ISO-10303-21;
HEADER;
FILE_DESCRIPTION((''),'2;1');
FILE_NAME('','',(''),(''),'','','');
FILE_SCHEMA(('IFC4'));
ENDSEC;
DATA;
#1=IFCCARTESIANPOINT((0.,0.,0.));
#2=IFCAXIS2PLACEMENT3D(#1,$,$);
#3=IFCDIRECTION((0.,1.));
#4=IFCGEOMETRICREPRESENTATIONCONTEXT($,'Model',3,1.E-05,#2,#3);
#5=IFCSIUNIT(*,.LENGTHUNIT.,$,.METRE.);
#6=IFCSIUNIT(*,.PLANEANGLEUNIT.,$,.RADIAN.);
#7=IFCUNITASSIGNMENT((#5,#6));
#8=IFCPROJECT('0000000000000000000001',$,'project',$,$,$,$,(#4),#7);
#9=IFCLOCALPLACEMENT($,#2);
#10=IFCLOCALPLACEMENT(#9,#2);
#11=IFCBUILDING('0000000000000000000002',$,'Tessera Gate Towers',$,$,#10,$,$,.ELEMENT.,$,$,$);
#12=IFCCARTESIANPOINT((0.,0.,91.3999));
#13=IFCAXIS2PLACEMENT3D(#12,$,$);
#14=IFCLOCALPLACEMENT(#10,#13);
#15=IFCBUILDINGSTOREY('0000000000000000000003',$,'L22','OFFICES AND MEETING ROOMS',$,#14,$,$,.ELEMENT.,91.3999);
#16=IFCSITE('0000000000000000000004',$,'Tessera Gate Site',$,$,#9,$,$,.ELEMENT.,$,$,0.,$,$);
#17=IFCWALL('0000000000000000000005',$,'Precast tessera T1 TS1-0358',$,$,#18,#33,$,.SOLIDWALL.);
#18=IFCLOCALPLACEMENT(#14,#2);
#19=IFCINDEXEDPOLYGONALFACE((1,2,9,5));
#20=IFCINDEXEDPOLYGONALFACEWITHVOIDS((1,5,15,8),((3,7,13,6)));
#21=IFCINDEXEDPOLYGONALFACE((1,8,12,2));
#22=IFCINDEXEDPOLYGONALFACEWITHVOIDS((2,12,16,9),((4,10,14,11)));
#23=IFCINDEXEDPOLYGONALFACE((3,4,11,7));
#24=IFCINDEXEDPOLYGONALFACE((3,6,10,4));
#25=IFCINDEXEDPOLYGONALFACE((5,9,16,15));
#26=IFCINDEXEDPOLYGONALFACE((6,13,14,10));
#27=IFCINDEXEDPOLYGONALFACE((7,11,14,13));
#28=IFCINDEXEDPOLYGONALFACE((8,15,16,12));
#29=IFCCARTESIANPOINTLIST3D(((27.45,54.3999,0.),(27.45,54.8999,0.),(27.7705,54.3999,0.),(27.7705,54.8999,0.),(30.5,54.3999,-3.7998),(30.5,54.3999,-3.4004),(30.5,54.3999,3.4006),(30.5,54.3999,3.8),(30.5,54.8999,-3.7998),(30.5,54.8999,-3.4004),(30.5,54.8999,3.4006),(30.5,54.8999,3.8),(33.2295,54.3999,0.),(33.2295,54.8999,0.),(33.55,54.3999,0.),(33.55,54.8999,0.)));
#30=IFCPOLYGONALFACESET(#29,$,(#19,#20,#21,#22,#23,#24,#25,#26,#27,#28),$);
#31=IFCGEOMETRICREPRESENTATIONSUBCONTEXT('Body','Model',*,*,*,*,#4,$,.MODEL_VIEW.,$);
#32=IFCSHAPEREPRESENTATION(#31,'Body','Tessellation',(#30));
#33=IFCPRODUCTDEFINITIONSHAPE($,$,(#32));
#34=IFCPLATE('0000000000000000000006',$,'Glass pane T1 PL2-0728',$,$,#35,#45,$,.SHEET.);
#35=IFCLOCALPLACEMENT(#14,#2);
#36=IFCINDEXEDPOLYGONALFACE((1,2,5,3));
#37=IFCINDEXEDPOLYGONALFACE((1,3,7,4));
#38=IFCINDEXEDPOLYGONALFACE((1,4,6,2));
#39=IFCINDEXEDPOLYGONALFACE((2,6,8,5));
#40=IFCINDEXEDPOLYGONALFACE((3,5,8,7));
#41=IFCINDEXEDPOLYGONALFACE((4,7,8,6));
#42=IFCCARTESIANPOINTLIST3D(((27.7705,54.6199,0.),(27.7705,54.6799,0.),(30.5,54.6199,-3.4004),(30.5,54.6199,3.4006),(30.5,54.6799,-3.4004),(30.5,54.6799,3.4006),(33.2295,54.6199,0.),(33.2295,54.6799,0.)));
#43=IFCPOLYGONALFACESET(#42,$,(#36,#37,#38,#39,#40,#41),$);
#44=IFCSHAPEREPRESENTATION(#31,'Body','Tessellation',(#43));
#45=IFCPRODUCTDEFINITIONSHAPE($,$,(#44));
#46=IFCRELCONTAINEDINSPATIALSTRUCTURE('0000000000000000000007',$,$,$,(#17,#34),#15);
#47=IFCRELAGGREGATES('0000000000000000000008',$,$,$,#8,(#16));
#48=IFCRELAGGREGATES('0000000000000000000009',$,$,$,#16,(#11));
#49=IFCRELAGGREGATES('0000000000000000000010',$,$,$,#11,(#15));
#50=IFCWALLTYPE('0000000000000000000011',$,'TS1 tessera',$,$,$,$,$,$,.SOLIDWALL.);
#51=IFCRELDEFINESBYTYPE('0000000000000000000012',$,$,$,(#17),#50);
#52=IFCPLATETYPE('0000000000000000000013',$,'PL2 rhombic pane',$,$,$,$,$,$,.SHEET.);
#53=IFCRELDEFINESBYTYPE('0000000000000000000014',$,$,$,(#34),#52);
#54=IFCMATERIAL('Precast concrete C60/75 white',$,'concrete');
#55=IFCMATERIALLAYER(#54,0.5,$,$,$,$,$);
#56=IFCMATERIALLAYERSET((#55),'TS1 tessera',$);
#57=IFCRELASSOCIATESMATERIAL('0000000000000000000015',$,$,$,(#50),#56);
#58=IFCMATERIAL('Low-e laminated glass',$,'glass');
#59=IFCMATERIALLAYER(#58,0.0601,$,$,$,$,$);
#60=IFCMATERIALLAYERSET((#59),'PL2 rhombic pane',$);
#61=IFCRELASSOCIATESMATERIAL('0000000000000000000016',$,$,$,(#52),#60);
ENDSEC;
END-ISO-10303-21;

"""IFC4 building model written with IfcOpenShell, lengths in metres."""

from ifc_helpers import new_model, si_unit, direction, frame, origin, place, context, subcontext, project, spatial, polyline, outline, extrude, source, transform, mapped, material, layer, layer_set, type_object, element, fill, save


model = new_model("IFC4")

# Units and contexts
model_context = context("Model", 3, precision=1e-05, world=origin(), true_north=direction((0.0, 1.0)))
body_context = subcontext(model_context, "Body", "Model", "MODEL_VIEW")
ifc_project = project(units=[si_unit("LENGTHUNIT", "METRE"), si_unit("PLANEANGLEUNIT", "RADIAN")], contexts=[model_context])

# Site, building, storey
site_placement = place(None, origin())
site = spatial("IfcSite", under=ifc_project, at=site_placement, Name="Tessera Gate Site", CompositionType="ELEMENT", RefElevation=0.0)
building_placement = place(site_placement, origin())
building = spatial("IfcBuilding", under=site, at=building_placement, Name="Tessera Gate Towers", CompositionType="ELEMENT")
storey_placement = place(building_placement, frame((0.0, 0.0, 91.3999)))
storey = spatial("IfcBuildingStorey", under=building, at=storey_placement, Name="L22", Description="OFFICES AND MEETING ROOMS", CompositionType="ELEMENT", Elevation=91.3999)

# Wall, opening, plate
ifc_material_1 = material(Name="Precast concrete C60/75 white", Category="concrete")
ifc_layer_1 = layer(ifc_material_1, 0.5)
ifc_layer_set_1 = layer_set([ifc_layer_1], Name="TS1 tessera")
wall_type_1 = type_object("IfcWallType", Name="TS1 tessera", PredefinedType="SOLIDWALL", material=ifc_layer_set_1)
shared_shape_1 = source(origin(), body_context, "Body", "SweptSolid", [
    extrude(outline(polyline([(3.05, 0.0), (6.1001, 3.7998), (3.05, 7.5999), (0.0, 3.7998), (3.05, 0.0)])), frame((0.0, 0.25, 0.0), z_axis=(0.0, -1.0, 0.0), x_axis=(1.0, 0.0, 0.0)), (0.0, 0.0, 1.0), 0.5),
])
wall_1_placement = place(storey_placement, frame((33.55, 54.6499, -3.7998), z_axis=(0.0, 0.0, 1.0), x_axis=(-1.0, 0.0, 0.0)))
wall_1 = element("IfcWall", 1, at=wall_1_placement, inside=storey, type_object=wall_type_1, Name="Precast tessera T1 TS1-0358", PredefinedType="SOLIDWALL", context=body_context, shape_type="MappedRepresentation", body=[
    mapped(shared_shape_1, transform((0.0, 0.0, 0.0), scale=1.0)),
])
shared_shape_2 = source(origin(), body_context, "Body", "SweptSolid", [
    extrude(outline(polyline([(3.05, 0.3994), (5.7795, 3.7998), (3.05, 7.2004), (0.3206, 3.7998), (3.05, 0.3994)])), frame((0.0, 0.26, 0.0), z_axis=(0.0, -1.0, 0.0), x_axis=(1.0, 0.0, 0.0)), (0.0, 0.0, 1.0), 0.52),
])
opening_1_placement = place(wall_1_placement, origin())
opening_1 = element("IfcOpeningElement", 2, at=opening_1_placement, cuts=wall_1, PredefinedType="OPENING", context=body_context, shape_type="MappedRepresentation", body=[
    mapped(shared_shape_2, transform((0.0, 0.0, 0.0), scale=1.0)),
])
ifc_material_2 = material(Name="Low-e laminated glass", Category="glass")
ifc_layer_2 = layer(ifc_material_2, 0.0601)
ifc_layer_set_2 = layer_set([ifc_layer_2], Name="PL2 rhombic pane")
plate_type = type_object("IfcPlateType", Name="PL2 rhombic pane", PredefinedType="SHEET", material=ifc_layer_set_2)
shared_shape_3 = source(origin(), body_context, "Body", "SweptSolid", [
    extrude(outline(polyline([(3.05, 0.3994), (5.7795, 3.7998), (3.05, 7.2004), (0.3206, 3.7998), (3.05, 0.3994)])), frame((0.0, 0.03, 0.0), z_axis=(0.0, -1.0, 0.0), x_axis=(1.0, 0.0, 0.0)), (0.0, 0.0, 1.0), 0.0601),
])
plate_placement = place(opening_1_placement, origin())
plate = element("IfcPlate", 3, at=plate_placement, inside=storey, type_object=plate_type, Name="Glass pane T1 PL2-0728", PredefinedType="SHEET", context=body_context, shape_type="MappedRepresentation", body=[
    mapped(shared_shape_3, transform((0.0, 0.0, 0.0), scale=1.0)),
])
fill(opening_1, plate)

save(model, "model.ifc")
